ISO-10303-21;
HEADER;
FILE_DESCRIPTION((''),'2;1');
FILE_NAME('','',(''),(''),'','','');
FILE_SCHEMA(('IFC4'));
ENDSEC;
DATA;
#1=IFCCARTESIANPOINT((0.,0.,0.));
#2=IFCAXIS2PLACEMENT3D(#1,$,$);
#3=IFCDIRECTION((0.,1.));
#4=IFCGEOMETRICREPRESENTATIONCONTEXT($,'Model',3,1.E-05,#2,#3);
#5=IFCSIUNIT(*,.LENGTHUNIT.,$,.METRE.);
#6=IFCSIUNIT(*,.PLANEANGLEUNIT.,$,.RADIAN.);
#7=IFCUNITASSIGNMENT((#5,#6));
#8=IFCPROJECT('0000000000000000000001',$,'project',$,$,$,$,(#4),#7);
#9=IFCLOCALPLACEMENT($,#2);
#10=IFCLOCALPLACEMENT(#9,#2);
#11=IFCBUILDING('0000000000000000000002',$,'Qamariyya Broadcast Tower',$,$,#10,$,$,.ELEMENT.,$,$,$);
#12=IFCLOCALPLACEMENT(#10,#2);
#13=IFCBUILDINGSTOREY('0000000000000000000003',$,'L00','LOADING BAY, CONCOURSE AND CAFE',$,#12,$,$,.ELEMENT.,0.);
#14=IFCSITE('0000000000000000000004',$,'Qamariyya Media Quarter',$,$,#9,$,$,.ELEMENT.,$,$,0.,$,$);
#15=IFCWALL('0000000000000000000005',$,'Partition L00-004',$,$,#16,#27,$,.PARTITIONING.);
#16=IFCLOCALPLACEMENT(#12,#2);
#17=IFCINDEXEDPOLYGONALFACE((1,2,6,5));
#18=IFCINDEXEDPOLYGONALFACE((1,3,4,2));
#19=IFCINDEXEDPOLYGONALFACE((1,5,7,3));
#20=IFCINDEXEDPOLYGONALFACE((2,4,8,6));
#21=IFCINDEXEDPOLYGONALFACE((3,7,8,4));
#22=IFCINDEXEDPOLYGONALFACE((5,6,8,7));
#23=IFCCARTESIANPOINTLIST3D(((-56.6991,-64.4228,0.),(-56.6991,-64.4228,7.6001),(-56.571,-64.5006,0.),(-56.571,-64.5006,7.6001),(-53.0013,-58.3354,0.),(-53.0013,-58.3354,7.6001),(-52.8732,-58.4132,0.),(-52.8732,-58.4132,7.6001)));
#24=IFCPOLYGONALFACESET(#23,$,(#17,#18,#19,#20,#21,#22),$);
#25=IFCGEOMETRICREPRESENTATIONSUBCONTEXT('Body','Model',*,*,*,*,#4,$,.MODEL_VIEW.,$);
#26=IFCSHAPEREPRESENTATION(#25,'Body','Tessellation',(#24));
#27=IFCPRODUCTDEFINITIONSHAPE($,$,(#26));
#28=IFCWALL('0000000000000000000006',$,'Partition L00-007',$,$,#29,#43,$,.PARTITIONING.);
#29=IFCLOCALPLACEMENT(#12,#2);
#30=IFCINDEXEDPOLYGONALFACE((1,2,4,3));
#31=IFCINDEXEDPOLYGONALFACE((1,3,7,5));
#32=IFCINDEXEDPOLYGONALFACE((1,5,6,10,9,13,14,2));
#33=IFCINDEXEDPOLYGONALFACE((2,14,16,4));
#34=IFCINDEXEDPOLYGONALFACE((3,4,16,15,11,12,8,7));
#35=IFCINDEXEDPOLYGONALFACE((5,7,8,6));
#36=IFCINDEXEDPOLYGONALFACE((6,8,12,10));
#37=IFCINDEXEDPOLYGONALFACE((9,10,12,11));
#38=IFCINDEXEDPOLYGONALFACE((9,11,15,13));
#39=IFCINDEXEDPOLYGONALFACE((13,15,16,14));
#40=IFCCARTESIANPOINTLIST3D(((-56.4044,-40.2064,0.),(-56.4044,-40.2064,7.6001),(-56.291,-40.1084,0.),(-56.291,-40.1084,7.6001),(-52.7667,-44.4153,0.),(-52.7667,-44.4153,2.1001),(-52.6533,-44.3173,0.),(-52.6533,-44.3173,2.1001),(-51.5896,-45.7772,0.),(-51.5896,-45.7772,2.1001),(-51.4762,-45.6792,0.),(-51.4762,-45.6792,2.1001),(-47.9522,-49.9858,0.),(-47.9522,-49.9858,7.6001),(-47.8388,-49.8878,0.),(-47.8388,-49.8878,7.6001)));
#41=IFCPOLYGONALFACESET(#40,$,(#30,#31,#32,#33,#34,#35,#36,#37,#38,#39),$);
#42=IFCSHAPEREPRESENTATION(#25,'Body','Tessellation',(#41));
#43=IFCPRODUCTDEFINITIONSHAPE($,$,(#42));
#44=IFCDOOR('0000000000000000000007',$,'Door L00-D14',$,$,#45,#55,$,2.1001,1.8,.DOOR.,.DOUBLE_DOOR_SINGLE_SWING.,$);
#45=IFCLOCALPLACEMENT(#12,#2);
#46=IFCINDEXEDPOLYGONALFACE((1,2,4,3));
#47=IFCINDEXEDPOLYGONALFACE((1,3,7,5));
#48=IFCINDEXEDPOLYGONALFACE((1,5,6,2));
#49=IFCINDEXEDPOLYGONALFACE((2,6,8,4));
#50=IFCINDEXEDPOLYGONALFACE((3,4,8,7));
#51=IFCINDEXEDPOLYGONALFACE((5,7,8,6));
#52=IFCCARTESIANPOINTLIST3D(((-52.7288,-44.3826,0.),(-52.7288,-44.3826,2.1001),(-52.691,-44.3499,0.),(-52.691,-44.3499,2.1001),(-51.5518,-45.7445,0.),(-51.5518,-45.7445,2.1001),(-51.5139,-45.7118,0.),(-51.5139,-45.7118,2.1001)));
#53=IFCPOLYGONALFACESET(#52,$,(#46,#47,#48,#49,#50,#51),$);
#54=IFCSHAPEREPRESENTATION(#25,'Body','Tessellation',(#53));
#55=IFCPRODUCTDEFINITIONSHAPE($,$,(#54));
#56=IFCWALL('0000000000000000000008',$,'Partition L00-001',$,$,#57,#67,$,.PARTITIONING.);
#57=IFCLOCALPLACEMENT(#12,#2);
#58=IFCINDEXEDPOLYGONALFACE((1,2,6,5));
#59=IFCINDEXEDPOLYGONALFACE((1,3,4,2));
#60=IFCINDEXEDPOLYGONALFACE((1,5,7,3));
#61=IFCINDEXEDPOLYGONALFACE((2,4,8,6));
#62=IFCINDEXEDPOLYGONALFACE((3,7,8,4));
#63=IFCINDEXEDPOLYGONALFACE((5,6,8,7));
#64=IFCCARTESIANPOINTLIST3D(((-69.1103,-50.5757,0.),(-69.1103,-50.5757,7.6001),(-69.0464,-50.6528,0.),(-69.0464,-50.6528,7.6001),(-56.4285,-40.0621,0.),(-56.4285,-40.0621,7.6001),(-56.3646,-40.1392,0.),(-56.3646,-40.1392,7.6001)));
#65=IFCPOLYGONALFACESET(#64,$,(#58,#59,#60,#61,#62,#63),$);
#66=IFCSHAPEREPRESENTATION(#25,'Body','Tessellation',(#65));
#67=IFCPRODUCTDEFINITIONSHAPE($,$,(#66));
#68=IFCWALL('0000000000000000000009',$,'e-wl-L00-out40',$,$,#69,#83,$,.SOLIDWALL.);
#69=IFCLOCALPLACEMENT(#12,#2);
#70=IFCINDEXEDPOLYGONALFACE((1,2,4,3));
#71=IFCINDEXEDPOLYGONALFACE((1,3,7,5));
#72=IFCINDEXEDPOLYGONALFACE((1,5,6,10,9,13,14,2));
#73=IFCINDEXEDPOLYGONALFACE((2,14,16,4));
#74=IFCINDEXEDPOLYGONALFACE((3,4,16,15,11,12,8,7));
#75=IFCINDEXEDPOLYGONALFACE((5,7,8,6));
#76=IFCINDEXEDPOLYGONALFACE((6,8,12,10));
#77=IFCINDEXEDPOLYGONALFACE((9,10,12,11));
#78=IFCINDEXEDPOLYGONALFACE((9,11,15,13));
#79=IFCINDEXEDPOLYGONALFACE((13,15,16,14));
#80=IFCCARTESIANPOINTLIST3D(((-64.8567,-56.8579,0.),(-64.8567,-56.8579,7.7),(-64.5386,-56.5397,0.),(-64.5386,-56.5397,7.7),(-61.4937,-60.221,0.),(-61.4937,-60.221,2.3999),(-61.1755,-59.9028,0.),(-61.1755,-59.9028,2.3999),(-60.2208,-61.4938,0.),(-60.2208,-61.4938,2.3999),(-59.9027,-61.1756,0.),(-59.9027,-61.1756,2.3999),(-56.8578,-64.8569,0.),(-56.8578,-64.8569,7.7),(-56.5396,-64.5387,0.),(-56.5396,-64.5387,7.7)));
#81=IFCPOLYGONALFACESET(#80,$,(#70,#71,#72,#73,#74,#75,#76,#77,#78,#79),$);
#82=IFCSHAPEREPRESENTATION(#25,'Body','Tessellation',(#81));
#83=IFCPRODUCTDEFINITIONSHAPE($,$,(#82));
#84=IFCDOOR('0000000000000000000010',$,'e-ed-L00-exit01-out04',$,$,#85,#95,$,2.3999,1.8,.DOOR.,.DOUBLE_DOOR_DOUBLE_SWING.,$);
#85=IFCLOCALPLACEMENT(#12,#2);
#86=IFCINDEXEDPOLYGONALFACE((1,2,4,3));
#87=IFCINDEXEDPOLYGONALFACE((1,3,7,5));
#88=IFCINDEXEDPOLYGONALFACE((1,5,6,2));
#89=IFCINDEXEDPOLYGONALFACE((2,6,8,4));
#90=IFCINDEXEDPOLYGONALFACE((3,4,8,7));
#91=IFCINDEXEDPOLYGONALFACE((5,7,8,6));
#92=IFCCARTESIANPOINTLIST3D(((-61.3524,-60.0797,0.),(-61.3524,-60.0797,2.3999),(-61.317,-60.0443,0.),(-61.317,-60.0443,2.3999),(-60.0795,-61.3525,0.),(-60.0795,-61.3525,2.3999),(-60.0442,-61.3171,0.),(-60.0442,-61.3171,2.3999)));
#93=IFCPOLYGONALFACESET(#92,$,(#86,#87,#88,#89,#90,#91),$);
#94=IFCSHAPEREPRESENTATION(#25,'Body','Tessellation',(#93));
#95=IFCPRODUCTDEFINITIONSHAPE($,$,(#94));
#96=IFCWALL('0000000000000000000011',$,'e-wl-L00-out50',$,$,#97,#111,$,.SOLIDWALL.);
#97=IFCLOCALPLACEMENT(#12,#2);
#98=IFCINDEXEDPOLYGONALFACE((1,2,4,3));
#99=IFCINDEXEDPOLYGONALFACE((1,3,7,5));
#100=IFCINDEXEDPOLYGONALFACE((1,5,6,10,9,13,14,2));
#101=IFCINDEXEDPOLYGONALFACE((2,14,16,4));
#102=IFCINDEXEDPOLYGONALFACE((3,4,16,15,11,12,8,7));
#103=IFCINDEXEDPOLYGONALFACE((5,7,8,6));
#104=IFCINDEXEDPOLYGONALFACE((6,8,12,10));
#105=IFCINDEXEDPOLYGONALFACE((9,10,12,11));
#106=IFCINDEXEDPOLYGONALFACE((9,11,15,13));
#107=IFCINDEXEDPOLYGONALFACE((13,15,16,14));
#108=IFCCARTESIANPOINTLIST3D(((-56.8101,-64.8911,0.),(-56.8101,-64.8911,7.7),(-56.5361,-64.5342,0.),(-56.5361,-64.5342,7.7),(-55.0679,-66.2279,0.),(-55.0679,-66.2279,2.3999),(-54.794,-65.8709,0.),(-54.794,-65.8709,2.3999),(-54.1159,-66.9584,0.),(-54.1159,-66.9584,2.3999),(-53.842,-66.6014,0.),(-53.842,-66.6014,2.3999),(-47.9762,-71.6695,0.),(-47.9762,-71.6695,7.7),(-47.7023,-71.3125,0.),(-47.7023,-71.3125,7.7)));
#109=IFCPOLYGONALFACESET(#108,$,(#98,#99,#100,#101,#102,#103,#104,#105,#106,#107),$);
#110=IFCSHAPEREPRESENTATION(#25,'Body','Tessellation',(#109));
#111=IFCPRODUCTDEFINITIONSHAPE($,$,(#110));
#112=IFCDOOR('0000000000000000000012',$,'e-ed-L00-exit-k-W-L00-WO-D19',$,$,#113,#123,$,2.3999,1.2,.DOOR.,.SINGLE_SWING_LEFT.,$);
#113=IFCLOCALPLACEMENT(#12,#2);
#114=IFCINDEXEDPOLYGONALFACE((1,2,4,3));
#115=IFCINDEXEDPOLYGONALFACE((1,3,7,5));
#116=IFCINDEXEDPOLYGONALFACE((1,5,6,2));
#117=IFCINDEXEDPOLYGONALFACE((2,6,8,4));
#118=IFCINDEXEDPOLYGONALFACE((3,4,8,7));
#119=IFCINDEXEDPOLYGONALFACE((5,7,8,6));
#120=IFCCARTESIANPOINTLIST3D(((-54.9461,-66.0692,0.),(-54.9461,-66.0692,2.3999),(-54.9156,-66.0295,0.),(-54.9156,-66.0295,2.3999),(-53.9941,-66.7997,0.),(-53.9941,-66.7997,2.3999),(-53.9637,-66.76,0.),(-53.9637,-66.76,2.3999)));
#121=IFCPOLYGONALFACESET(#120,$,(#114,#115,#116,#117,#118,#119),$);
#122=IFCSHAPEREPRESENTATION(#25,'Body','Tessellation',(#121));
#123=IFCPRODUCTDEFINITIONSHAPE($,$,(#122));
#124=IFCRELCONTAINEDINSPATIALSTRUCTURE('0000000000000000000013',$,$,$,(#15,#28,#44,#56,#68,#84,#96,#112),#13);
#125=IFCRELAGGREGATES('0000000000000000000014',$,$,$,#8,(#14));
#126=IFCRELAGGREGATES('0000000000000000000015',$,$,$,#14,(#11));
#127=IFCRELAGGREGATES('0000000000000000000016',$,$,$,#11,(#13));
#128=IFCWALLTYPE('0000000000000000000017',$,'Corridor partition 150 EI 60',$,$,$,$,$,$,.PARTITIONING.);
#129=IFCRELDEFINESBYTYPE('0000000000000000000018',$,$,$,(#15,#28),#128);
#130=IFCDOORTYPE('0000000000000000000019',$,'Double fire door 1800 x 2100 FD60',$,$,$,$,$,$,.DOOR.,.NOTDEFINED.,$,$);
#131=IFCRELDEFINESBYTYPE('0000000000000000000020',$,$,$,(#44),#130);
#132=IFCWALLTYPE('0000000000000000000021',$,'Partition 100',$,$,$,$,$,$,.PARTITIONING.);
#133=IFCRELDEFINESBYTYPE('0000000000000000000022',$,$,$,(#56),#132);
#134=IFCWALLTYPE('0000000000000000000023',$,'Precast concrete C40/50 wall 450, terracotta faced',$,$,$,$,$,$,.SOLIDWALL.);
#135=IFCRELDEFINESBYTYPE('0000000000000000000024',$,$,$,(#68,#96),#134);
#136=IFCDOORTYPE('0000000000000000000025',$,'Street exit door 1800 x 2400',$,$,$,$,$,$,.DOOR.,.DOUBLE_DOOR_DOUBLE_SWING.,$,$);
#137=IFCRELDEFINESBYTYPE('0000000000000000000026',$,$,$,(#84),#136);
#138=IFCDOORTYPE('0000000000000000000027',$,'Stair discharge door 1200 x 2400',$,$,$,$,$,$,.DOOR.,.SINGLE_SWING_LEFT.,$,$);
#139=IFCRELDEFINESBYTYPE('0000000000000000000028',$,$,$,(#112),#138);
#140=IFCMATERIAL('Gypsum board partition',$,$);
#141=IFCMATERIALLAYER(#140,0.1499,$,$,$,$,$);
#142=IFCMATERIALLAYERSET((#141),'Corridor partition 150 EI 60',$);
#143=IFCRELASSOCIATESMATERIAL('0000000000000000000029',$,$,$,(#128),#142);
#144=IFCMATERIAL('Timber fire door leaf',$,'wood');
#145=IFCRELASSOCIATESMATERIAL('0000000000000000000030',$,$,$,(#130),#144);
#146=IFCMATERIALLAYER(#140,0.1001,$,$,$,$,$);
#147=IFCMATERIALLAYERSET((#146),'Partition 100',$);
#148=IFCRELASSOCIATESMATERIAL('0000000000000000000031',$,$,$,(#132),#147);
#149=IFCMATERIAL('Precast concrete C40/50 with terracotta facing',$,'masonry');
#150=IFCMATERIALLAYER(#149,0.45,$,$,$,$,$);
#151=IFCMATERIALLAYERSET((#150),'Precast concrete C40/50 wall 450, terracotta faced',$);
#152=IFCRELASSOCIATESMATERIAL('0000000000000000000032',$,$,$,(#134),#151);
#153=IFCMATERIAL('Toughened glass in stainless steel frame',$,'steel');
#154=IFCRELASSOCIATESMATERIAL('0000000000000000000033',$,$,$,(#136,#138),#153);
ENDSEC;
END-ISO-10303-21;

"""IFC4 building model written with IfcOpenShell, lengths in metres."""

from ifc_helpers import new_model, si_unit, direction, frame, frame_2d, origin, place, context, subcontext, project, spatial, rectangle, extrude, material, layer, layer_set, type_object, element, fill, save


model = new_model("IFC4")

# Units and contexts
model_context = context("Model", 3, precision=1e-05, world=origin(), true_north=direction((0.0, 1.0)))
body_context = subcontext(model_context, "Body", "Model", "MODEL_VIEW")
ifc_project = project(units=[si_unit("LENGTHUNIT", "METRE"), si_unit("PLANEANGLEUNIT", "RADIAN")], contexts=[model_context])

# Site, building, storey
site_placement = place(None, origin())
site = spatial("IfcSite", under=ifc_project, at=site_placement, Name="Qamariyya Media Quarter", CompositionType="ELEMENT", RefElevation=0.0)
building_placement = place(site_placement, origin())
building = spatial("IfcBuilding", under=site, at=building_placement, Name="Qamariyya Broadcast Tower", CompositionType="ELEMENT")
storey_placement = place(building_placement, origin())
storey = spatial("IfcBuildingStorey", under=building, at=storey_placement, Name="L00", Description="LOADING BAY, CONCOURSE AND CAFE", CompositionType="ELEMENT", Elevation=0.0)

# Wall
ifc_material_1 = material(Name="Gypsum board partition")
ifc_layer_1 = layer(ifc_material_1, 0.1499)
ifc_layer_set_1 = layer_set([ifc_layer_1], Name="Corridor partition 150 EI 60")
wall_type_1 = type_object("IfcWallType", Name="Corridor partition 150 EI 60", PredefinedType="PARTITIONING", material=ifc_layer_set_1)
wall_1_placement = place(storey_placement, frame((-52.9373, -58.3743, 0.0), z_axis=(0.0, 0.0, 1.0), x_axis=(-0.519166, -0.854673, 0.0)))
element("IfcWall", 1, at=wall_1_placement, inside=storey, type_object=wall_type_1, Name="Partition L00-004", PredefinedType="PARTITIONING", context=body_context, shape_type="SweptSolid", body=[
    extrude(rectangle(XDim=7.1226, YDim=0.1499, at=frame_2d((3.5613, 0.0))), origin(), (0.0, 0.0, 1.0), 7.6001),
])

# Wall, opening, door
wall_2_placement = place(storey_placement, frame((-47.8955, -49.9368, 0.0), z_axis=(0.0, 0.0, 1.0), x_axis=(-0.653903, 0.756578, 0.0)))
wall_2 = element("IfcWall", 2, at=wall_2_placement, inside=storey, type_object=wall_type_1, Name="Partition L00-007", PredefinedType="PARTITIONING", context=body_context, shape_type="SweptSolid", body=[
    extrude(rectangle(XDim=12.9258, YDim=0.1499, at=frame_2d((6.4629, 0.0))), origin(), (0.0, 0.0, 1.0), 7.6001),
])
opening_1_placement = place(wall_2_placement, frame((5.5627, 0.0, 0.0)))
opening_1 = element("IfcOpeningElement", 3, at=opening_1_placement, cuts=wall_2, PredefinedType="OPENING", context=body_context, shape_type="SweptSolid", body=[
    extrude(rectangle(XDim=1.8, YDim=2.1001, at=frame_2d((0.8999, 1.05))), frame((0.0, 0.085, 0.0), z_axis=(0.0, -1.0, 0.0), x_axis=(1.0, 0.0, 0.0)), (0.0, 0.0, 1.0), 0.1699),
])
ifc_material_2 = material(Name="Timber fire door leaf", Category="wood")
door_type_1 = type_object("IfcDoorType", Name="Double fire door 1800 x 2100 FD60", OperationType="NOTDEFINED", PredefinedType="DOOR", material=ifc_material_2)
door_1_placement = place(opening_1_placement, origin())
door_1 = element("IfcDoor", 4, at=door_1_placement, inside=storey, type_object=door_type_1, Name="Door L00-D14", OperationType="DOUBLE_DOOR_SINGLE_SWING", OverallHeight=2.1001, OverallWidth=1.8, PredefinedType="DOOR", context=body_context, shape_type="SweptSolid", body=[
    extrude(rectangle(XDim=1.8, YDim=2.1001, at=frame_2d((0.8999, 1.05))), frame((0.0, 0.0249, 0.0), z_axis=(0.0, -1.0, 0.0), x_axis=(1.0, 0.0, 0.0)), (0.0, 0.0, 1.0), 0.05),
])
fill(opening_1, door_1)

# Wall
ifc_layer_2 = layer(ifc_material_1, 0.1001)
ifc_layer_set_2 = layer_set([ifc_layer_2], Name="Partition 100")
wall_type_2 = type_object("IfcWallType", Name="Partition 100", PredefinedType="PARTITIONING", material=ifc_layer_set_2)
wall_3_placement = place(storey_placement, frame((-69.0784, -50.6143, 0.0), z_axis=(0.0, 0.0, 1.0), x_axis=(0.769848, 0.638227, 0.0)))
element("IfcWall", 5, at=wall_3_placement, inside=storey, type_object=wall_type_2, Name="Partition L00-001", PredefinedType="PARTITIONING", context=body_context, shape_type="SweptSolid", body=[
    extrude(rectangle(XDim=16.4731, YDim=0.1001, at=frame_2d((8.2366, 0.0))), origin(), (0.0, 0.0, 1.0), 7.6001),
])

# Walls, openings, doors
ifc_material_3 = material(Name="Precast concrete C40/50 with terracotta facing", Category="masonry")
ifc_layer_3 = layer(ifc_material_3, 0.45)
ifc_layer_set_3 = layer_set([ifc_layer_3], Name="Precast concrete C40/50 wall 450, terracotta faced")
wall_type_3 = type_object("IfcWallType", Name="Precast concrete C40/50 wall 450, terracotta faced", PredefinedType="SOLIDWALL", material=ifc_layer_set_3)
wall_4_placement = place(storey_placement, frame((-64.6978, -56.6987, 0.0), z_axis=(0.0, 0.0, 1.0), x_axis=(0.707107, -0.707107, 0.0)))
wall_4 = element("IfcWall", 6, at=wall_4_placement, inside=storey, type_object=wall_type_3, Name="e-wl-L00-out40", PredefinedType="SOLIDWALL", context=body_context, shape_type="SweptSolid", body=[
    extrude(rectangle(XDim=11.3123, YDim=0.45, at=frame_2d((5.6562, 0.0))), origin(), (0.0, 0.0, 1.0), 7.7),
])
opening_2_placement = place(wall_4_placement, frame((4.7563, 0.0, 0.0)))
opening_2 = element("IfcOpeningElement", 7, at=opening_2_placement, cuts=wall_4, PredefinedType="OPENING", context=body_context, shape_type="SweptSolid", body=[
    extrude(rectangle(XDim=1.8, YDim=2.3999, at=frame_2d((0.8999, 1.2))), frame((0.0, 0.2349, 0.0), z_axis=(0.0, -1.0, 0.0), x_axis=(1.0, 0.0, 0.0)), (0.0, 0.0, 1.0), 0.47),
])
ifc_material_4 = material(Name="Toughened glass in stainless steel frame", Category="steel")
door_type_2 = type_object("IfcDoorType", Name="Street exit door 1800 x 2400", OperationType="DOUBLE_DOOR_DOUBLE_SWING", PredefinedType="DOOR", material=ifc_material_4)
door_2_placement = place(opening_2_placement, origin())
door_2 = element("IfcDoor", 8, at=door_2_placement, inside=storey, type_object=door_type_2, Name="e-ed-L00-exit01-out04", OperationType="DOUBLE_DOOR_DOUBLE_SWING", OverallHeight=2.3999, OverallWidth=1.8, PredefinedType="DOOR", context=body_context, shape_type="SweptSolid", body=[
    extrude(rectangle(XDim=1.8, YDim=2.3999, at=frame_2d((0.8999, 1.2))), frame((0.0, 0.0249, 0.0), z_axis=(0.0, -1.0, 0.0), x_axis=(1.0, 0.0, 0.0)), (0.0, 0.0, 1.0), 0.05),
])
fill(opening_2, door_2)
wall_5_placement = place(storey_placement, frame((-56.6731, -64.7126, 0.0), z_axis=(0.0, 0.0, 1.0), x_axis=(0.793355, -0.608759, 0.0)))
wall_5 = element("IfcWall", 9, at=wall_5_placement, inside=storey, type_object=wall_type_3, Name="e-wl-L00-out50", PredefinedType="SOLIDWALL", context=body_context, shape_type="SweptSolid", body=[
    extrude(rectangle(XDim=11.1348, YDim=0.45, at=frame_2d((5.5674, 0.0))), origin(), (0.0, 0.0, 1.0), 7.7),
])
opening_3_placement = place(wall_5_placement, frame((3.396, 0.0, 0.0), z_axis=(0.0, 0.0, 1.0), x_axis=(-1.0, 0.0, 0.0)))
opening_3 = element("IfcOpeningElement", 10, at=opening_3_placement, cuts=wall_5, PredefinedType="OPENING", context=body_context, shape_type="SweptSolid", body=[
    extrude(rectangle(XDim=1.2, YDim=2.3999, at=frame_2d((0.6001, 1.2))), frame((0.0, 0.2349, 0.0), z_axis=(0.0, -1.0, 0.0), x_axis=(1.0, 0.0, 0.0)), (0.0, 0.0, 1.0), 0.47),
])
door_type_3 = type_object("IfcDoorType", Name="Stair discharge door 1200 x 2400", OperationType="SINGLE_SWING_LEFT", PredefinedType="DOOR", material=ifc_material_4)
door_3_placement = place(opening_3_placement, origin())
door_3 = element("IfcDoor", 11, at=door_3_placement, inside=storey, type_object=door_type_3, Name="e-ed-L00-exit-k-W-L00-WO-D19", OperationType="SINGLE_SWING_LEFT", OverallHeight=2.3999, OverallWidth=1.2, PredefinedType="DOOR", context=body_context, shape_type="SweptSolid", body=[
    extrude(rectangle(XDim=1.2, YDim=2.3999, at=frame_2d((0.6001, 1.2))), frame((0.0, 0.0249, 0.0), z_axis=(0.0, -1.0, 0.0), x_axis=(1.0, 0.0, 0.0)), (0.0, 0.0, 1.0), 0.05),
])
fill(opening_3, door_3)

save(model, "model.ifc")
